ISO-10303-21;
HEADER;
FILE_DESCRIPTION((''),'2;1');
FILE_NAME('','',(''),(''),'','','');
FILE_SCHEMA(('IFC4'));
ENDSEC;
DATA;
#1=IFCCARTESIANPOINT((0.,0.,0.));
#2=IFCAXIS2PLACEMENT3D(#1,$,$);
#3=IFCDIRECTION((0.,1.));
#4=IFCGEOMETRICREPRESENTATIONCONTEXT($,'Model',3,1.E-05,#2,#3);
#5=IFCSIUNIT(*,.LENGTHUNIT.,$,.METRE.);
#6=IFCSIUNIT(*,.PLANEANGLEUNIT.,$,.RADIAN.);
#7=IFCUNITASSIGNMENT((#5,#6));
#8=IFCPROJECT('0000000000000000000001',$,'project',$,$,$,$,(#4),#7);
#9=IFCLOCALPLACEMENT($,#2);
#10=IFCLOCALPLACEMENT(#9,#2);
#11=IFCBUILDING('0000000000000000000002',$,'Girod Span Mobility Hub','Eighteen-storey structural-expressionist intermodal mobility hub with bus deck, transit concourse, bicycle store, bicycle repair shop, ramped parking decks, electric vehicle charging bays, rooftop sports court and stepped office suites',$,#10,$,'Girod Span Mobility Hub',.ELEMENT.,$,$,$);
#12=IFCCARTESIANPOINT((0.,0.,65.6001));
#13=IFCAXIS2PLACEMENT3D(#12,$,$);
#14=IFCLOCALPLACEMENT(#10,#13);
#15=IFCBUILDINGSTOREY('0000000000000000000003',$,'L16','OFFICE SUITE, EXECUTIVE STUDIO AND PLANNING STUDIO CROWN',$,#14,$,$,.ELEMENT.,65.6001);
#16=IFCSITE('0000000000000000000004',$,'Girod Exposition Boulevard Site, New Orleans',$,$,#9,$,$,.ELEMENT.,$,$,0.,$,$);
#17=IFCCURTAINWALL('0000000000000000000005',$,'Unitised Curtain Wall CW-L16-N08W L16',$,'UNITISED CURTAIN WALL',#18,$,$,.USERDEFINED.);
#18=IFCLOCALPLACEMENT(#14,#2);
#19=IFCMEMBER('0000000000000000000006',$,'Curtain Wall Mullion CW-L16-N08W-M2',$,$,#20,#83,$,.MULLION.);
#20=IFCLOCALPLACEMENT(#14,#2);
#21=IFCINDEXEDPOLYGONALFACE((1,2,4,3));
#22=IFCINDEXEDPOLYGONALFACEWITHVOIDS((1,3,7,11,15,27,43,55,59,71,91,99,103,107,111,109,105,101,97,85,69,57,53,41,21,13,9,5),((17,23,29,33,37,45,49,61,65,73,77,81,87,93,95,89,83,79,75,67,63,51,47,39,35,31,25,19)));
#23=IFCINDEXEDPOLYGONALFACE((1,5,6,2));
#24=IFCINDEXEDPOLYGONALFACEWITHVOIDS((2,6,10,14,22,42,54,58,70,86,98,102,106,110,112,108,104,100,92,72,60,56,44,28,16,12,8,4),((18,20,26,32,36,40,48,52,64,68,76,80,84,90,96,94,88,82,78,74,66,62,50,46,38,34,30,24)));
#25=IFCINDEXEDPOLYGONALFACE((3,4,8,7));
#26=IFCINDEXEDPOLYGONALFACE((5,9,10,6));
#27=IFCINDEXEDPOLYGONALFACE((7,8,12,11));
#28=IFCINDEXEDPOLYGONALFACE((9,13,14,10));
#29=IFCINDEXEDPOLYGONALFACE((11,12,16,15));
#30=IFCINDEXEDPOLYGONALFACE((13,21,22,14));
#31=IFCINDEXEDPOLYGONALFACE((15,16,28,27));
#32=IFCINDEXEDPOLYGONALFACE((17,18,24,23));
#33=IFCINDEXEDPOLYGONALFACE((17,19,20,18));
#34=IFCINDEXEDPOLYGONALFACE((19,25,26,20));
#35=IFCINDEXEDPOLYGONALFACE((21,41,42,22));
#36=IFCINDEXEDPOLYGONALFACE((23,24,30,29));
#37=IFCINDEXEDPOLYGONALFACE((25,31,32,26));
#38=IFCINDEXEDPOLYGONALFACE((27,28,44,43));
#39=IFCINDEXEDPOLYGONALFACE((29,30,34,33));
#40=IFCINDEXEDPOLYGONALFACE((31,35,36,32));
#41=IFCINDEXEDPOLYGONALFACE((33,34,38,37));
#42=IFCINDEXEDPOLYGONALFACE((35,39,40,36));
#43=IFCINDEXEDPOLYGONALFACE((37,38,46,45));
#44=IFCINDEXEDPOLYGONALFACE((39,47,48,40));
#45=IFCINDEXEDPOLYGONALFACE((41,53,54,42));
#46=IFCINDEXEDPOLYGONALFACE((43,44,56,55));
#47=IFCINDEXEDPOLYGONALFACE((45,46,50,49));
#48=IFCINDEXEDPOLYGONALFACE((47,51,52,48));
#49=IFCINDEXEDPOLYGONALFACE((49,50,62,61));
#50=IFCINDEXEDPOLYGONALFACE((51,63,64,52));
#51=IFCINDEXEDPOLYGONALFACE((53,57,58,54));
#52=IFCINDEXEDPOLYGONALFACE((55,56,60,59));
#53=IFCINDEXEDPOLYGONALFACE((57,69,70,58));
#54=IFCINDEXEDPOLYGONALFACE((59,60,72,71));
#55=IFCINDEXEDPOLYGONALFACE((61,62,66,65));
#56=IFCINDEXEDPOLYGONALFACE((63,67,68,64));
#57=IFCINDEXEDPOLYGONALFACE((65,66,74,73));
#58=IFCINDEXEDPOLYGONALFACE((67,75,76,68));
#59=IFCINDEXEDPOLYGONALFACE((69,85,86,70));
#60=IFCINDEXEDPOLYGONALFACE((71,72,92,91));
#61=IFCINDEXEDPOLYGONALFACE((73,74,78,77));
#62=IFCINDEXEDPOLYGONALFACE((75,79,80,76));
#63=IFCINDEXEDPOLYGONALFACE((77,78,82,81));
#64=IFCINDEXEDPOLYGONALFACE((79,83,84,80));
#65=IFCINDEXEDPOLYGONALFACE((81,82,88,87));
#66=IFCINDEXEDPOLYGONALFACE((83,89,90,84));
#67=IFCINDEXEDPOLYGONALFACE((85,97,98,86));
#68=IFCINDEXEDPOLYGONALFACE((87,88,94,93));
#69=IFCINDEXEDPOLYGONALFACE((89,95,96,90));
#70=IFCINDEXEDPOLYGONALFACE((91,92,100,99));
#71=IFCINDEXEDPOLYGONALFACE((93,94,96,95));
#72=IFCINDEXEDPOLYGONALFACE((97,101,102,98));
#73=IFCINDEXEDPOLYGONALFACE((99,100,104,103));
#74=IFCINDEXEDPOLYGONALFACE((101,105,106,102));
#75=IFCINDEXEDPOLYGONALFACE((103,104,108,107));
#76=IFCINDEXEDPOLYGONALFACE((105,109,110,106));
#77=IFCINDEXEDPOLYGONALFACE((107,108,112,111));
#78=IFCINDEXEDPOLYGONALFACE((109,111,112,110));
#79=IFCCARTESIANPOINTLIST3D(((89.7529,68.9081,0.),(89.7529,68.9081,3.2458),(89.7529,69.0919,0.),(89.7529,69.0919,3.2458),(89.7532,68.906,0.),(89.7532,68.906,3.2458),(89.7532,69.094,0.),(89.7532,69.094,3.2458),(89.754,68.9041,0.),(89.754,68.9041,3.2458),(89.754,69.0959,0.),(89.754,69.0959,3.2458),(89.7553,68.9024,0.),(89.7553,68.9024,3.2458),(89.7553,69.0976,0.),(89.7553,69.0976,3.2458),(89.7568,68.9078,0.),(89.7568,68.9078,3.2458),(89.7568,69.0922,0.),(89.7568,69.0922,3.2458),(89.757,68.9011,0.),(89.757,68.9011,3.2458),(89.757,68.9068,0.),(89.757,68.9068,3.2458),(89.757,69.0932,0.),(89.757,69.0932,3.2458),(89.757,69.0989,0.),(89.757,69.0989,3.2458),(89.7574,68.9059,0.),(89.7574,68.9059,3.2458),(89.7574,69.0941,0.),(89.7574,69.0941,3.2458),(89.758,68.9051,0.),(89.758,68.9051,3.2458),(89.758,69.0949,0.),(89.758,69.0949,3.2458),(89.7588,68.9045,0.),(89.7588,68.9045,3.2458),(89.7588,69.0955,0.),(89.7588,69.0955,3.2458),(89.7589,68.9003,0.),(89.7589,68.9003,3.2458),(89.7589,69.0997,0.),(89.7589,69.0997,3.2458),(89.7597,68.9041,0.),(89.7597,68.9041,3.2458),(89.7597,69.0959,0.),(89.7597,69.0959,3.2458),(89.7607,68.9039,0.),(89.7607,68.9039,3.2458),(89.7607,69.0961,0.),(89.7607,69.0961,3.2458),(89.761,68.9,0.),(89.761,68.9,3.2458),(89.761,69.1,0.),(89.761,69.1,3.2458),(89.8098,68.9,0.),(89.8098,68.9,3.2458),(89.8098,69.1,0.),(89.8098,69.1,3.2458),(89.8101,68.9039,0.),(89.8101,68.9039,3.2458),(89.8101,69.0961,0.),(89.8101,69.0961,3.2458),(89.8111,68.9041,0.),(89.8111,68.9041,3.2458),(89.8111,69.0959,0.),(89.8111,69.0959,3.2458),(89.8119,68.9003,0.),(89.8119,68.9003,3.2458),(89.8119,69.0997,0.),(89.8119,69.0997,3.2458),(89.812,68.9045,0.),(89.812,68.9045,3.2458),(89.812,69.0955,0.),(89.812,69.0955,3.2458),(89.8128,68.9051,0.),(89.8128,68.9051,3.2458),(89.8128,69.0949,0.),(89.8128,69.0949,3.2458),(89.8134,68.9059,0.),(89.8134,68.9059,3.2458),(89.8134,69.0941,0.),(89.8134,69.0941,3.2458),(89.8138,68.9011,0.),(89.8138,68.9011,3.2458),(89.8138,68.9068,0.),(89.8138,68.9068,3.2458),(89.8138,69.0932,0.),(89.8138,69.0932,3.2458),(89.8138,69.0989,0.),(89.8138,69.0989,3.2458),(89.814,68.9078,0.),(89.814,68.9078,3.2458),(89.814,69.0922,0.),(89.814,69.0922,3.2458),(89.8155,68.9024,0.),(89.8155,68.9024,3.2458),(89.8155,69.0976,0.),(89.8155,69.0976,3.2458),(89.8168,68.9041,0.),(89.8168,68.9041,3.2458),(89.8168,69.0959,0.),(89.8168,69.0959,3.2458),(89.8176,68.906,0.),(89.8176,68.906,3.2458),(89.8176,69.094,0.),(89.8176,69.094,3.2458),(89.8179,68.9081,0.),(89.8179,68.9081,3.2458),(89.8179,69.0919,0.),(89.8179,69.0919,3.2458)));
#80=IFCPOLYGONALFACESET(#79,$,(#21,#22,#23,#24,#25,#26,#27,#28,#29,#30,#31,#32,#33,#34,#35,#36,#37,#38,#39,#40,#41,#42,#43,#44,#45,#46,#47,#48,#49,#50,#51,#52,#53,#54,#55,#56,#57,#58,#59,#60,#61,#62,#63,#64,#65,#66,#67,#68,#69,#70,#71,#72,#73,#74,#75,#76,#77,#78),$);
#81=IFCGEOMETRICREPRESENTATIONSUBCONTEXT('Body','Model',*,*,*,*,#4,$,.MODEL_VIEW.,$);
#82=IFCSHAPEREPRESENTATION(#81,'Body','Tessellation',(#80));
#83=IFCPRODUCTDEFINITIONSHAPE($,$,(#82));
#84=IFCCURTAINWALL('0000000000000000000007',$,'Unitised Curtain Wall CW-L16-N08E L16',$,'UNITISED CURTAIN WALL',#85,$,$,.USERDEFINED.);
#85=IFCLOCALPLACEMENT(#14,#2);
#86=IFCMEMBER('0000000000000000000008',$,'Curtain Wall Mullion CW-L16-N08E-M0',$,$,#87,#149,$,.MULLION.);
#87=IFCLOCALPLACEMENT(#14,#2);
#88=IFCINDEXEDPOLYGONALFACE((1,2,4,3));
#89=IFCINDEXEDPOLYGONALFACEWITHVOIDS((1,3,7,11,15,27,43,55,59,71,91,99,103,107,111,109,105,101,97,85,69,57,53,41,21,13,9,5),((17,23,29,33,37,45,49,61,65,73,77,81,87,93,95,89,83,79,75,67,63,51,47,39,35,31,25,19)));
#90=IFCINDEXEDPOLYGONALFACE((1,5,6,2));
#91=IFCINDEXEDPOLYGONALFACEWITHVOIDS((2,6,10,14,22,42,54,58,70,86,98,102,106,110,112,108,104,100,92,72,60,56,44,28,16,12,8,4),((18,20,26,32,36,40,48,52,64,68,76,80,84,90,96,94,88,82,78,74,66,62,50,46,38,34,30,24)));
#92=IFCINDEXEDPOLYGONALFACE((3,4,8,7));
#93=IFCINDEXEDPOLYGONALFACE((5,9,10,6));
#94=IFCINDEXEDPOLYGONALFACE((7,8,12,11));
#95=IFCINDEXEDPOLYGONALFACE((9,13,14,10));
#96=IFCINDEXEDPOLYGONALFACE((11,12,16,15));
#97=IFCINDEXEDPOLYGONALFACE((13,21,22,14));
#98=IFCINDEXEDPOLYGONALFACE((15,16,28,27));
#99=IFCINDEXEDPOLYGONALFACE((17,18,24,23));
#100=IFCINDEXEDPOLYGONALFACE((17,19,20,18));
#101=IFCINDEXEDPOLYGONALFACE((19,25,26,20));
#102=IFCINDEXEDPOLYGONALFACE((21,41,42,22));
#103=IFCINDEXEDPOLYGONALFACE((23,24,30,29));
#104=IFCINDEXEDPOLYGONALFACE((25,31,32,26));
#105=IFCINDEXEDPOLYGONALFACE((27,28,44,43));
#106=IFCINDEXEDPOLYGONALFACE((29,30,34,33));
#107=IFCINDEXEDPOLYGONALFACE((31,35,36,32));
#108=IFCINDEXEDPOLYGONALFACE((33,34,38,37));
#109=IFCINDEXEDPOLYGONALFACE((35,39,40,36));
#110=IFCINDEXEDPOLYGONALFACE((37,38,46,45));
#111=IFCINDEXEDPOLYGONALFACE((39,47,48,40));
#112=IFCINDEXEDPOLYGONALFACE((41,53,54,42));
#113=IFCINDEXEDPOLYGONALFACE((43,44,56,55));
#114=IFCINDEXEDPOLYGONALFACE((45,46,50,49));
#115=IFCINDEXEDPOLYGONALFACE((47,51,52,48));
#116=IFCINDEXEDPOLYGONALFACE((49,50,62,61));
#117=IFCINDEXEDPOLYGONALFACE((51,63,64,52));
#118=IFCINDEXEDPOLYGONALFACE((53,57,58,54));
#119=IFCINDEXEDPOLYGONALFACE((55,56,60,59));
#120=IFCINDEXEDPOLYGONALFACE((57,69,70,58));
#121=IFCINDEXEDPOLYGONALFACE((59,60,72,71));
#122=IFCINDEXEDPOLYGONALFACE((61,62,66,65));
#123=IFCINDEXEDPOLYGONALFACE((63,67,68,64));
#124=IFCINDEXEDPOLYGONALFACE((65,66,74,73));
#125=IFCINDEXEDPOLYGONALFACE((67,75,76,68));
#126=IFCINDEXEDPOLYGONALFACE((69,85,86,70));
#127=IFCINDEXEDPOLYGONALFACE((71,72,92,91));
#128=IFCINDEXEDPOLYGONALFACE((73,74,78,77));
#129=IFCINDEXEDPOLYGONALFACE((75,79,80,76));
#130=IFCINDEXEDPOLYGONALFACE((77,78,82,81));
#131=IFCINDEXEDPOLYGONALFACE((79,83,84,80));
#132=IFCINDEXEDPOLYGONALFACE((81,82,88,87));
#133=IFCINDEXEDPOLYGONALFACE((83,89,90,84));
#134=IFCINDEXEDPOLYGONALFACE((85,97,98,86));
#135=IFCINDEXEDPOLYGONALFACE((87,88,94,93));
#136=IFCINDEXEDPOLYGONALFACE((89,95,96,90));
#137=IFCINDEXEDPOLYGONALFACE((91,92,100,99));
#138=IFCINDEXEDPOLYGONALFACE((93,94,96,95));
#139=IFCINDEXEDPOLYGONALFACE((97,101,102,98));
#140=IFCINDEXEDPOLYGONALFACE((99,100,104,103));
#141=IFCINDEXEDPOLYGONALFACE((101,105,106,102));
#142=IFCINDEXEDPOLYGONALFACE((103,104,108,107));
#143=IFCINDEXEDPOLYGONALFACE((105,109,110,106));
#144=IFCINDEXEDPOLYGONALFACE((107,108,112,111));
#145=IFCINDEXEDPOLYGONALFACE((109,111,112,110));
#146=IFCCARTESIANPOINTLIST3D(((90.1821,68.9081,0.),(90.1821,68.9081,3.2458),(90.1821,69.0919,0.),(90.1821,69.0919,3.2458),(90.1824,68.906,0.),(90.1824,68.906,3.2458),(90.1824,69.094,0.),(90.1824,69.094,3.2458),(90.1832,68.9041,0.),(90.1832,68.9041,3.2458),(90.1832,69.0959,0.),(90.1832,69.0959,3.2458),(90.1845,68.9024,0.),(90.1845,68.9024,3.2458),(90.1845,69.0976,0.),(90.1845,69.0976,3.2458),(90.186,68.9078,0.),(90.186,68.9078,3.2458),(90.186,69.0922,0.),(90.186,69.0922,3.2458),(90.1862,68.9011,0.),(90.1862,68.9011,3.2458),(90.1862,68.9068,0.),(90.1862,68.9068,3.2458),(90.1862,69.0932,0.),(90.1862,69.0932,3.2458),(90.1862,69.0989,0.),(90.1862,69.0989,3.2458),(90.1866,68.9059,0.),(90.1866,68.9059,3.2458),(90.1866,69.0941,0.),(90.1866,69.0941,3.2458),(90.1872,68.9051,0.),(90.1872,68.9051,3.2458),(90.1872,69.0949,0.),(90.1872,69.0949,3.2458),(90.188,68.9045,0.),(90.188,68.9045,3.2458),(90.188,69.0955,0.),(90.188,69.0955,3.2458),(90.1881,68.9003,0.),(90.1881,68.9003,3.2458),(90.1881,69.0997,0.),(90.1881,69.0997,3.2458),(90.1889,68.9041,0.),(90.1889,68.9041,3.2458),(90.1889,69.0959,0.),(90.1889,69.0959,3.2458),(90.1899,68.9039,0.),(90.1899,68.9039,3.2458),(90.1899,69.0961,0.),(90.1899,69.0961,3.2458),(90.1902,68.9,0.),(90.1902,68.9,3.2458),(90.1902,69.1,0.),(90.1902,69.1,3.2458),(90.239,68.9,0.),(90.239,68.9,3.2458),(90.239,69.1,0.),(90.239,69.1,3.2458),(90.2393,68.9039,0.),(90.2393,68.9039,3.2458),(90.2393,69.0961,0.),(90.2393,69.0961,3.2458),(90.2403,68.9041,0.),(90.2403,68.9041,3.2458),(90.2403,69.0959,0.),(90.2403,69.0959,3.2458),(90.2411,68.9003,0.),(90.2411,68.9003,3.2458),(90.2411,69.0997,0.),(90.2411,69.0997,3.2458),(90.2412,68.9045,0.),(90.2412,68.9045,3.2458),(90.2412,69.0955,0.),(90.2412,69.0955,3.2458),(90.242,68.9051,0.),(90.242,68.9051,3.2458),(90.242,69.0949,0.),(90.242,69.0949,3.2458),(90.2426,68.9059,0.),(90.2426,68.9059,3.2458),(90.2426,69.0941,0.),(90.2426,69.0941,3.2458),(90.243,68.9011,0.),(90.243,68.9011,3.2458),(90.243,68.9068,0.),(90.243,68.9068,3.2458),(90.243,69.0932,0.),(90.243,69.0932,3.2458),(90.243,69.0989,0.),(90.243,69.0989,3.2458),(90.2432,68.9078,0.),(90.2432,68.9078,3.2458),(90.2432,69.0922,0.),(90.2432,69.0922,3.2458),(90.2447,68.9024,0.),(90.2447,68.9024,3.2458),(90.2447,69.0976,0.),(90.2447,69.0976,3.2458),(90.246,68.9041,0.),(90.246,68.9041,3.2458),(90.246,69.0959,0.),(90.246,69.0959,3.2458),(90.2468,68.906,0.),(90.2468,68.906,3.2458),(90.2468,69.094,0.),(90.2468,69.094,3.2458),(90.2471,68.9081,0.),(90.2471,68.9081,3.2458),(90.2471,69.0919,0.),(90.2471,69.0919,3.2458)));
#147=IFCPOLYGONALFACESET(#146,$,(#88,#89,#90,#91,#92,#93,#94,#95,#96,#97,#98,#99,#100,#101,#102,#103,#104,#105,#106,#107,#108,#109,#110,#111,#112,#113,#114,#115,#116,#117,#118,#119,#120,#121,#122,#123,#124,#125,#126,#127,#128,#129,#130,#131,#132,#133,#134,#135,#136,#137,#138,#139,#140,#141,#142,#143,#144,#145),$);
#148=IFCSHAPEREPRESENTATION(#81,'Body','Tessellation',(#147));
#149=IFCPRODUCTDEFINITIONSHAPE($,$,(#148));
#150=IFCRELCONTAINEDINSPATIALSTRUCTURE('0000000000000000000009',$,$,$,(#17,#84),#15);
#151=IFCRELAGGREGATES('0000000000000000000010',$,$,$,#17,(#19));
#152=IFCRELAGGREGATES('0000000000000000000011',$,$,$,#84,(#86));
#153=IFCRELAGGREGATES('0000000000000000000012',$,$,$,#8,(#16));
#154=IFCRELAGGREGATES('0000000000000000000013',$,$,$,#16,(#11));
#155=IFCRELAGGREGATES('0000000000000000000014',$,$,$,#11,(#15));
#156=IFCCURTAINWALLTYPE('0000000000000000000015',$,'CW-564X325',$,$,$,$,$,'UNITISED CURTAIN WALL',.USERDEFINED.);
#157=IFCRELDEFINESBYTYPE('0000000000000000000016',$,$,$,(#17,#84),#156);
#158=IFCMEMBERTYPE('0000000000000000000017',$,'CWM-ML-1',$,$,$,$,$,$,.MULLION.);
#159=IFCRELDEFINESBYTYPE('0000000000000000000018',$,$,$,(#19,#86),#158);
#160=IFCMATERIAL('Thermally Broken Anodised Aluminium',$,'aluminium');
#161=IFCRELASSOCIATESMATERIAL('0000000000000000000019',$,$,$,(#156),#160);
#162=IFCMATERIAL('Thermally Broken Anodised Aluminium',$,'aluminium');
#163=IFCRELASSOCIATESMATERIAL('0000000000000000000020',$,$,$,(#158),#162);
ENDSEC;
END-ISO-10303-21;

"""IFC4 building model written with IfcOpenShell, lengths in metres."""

from ifc_helpers import new_model, si_unit, direction, frame, origin, origin_2d, place, context, subcontext, project, spatial, hollow_rectangle, extrude, material, material_profile, profile_set, type_object, element, aggregate, save


model = new_model("IFC4")

# Units and contexts
model_context = context("Model", 3, precision=1e-05, world=origin(), true_north=direction((0.0, 1.0)))
body_context = subcontext(model_context, "Body", "Model", "MODEL_VIEW")
ifc_project = project(units=[si_unit("LENGTHUNIT", "METRE"), si_unit("PLANEANGLEUNIT", "RADIAN")], contexts=[model_context])

# Site, building, storey
site_placement = place(None, origin())
site = spatial("IfcSite", under=ifc_project, at=site_placement, Name="Girod Exposition Boulevard Site, New Orleans", CompositionType="ELEMENT", RefElevation=0.0)
building_placement = place(site_placement, origin())
building = spatial("IfcBuilding", under=site, at=building_placement, Name="Girod Span Mobility Hub", Description="Eighteen-storey structural-expressionist intermodal mobility hub with bus deck, transit concourse, bicycle store, bicycle repair shop, ramped parking decks, electric vehicle charging bays, rooftop sports court and stepped office suites", LongName="Girod Span Mobility Hub", CompositionType="ELEMENT")
storey_placement = place(building_placement, frame((0.0, 0.0, 65.6001)))
storey = spatial("IfcBuildingStorey", under=building, at=storey_placement, Name="L16", Description="OFFICE SUITE, EXECUTIVE STUDIO AND PLANNING STUDIO CROWN", CompositionType="ELEMENT", Elevation=65.6001)

# Curtain walls, members
ifc_material_1 = material(Name="Thermally Broken Anodised Aluminium", Category="aluminium")
curtain_wall_type = type_object("IfcCurtainWallType", Name="CW-564X325", ElementType="UNITISED CURTAIN WALL", PredefinedType="USERDEFINED", material=ifc_material_1)
ifc_material_2 = material(Name="Thermally Broken Anodised Aluminium", Category="aluminium")
ifc_material_profile_1 = material_profile(ifc_material_2, hollow_rectangle(XDim=0.2, YDim=0.0649, WallThickness=0.0039, InnerFilletRadius=0.0039, OuterFilletRadius=0.0081, at=origin_2d()), Name="CW-ML-65X200")
ifc_profile_set_1 = profile_set([ifc_material_profile_1], Name="Thermally Broken Anodised Aluminium")
member_type_1 = type_object("IfcMemberType", Name="CWM-ML-1", PredefinedType="MULLION", material=ifc_profile_set_1)
curtain_wall_1_placement = place(storey_placement, origin())
curtain_wall_1 = element("IfcCurtainWall", 1, at=curtain_wall_1_placement, inside=storey, type_object=curtain_wall_type, Name="Unitised Curtain Wall CW-L16-N08W L16", ObjectType="UNITISED CURTAIN WALL", PredefinedType="USERDEFINED")
member_1_placement = place(storey_placement, frame((89.7854, 69.0, 0.0), z_axis=(0.0, 0.0, 1.0), x_axis=(0.0, 1.0, 0.0)))
member_1 = element("IfcMember", 2, at=member_1_placement, type_object=member_type_1, Name="Curtain Wall Mullion CW-L16-N08W-M2", PredefinedType="MULLION", context=body_context, shape_type="SweptSolid", body=[
    extrude(hollow_rectangle(XDim=0.2, YDim=0.0649, WallThickness=0.0039, InnerFilletRadius=0.0039, OuterFilletRadius=0.0081, at=origin_2d()), origin(), (0.0, 0.0, 1.0), 3.2458),
])
curtain_wall_2_placement = place(storey_placement, origin())
curtain_wall_2 = element("IfcCurtainWall", 3, at=curtain_wall_2_placement, inside=storey, type_object=curtain_wall_type, Name="Unitised Curtain Wall CW-L16-N08E L16", ObjectType="UNITISED CURTAIN WALL", PredefinedType="USERDEFINED")
member_2_placement = place(storey_placement, frame((90.2146, 69.0, 0.0), z_axis=(0.0, 0.0, 1.0), x_axis=(0.0, 1.0, 0.0)))
member_2 = element("IfcMember", 4, at=member_2_placement, type_object=member_type_1, Name="Curtain Wall Mullion CW-L16-N08E-M0", PredefinedType="MULLION", context=body_context, shape_type="SweptSolid", body=[
    extrude(hollow_rectangle(XDim=0.2, YDim=0.0649, WallThickness=0.0039, InnerFilletRadius=0.0039, OuterFilletRadius=0.0081, at=origin_2d()), origin(), (0.0, 0.0, 1.0), 3.2458),
])

aggregate(curtain_wall_1, [member_1])
aggregate(curtain_wall_2, [member_2])

save(model, "model.ifc")
